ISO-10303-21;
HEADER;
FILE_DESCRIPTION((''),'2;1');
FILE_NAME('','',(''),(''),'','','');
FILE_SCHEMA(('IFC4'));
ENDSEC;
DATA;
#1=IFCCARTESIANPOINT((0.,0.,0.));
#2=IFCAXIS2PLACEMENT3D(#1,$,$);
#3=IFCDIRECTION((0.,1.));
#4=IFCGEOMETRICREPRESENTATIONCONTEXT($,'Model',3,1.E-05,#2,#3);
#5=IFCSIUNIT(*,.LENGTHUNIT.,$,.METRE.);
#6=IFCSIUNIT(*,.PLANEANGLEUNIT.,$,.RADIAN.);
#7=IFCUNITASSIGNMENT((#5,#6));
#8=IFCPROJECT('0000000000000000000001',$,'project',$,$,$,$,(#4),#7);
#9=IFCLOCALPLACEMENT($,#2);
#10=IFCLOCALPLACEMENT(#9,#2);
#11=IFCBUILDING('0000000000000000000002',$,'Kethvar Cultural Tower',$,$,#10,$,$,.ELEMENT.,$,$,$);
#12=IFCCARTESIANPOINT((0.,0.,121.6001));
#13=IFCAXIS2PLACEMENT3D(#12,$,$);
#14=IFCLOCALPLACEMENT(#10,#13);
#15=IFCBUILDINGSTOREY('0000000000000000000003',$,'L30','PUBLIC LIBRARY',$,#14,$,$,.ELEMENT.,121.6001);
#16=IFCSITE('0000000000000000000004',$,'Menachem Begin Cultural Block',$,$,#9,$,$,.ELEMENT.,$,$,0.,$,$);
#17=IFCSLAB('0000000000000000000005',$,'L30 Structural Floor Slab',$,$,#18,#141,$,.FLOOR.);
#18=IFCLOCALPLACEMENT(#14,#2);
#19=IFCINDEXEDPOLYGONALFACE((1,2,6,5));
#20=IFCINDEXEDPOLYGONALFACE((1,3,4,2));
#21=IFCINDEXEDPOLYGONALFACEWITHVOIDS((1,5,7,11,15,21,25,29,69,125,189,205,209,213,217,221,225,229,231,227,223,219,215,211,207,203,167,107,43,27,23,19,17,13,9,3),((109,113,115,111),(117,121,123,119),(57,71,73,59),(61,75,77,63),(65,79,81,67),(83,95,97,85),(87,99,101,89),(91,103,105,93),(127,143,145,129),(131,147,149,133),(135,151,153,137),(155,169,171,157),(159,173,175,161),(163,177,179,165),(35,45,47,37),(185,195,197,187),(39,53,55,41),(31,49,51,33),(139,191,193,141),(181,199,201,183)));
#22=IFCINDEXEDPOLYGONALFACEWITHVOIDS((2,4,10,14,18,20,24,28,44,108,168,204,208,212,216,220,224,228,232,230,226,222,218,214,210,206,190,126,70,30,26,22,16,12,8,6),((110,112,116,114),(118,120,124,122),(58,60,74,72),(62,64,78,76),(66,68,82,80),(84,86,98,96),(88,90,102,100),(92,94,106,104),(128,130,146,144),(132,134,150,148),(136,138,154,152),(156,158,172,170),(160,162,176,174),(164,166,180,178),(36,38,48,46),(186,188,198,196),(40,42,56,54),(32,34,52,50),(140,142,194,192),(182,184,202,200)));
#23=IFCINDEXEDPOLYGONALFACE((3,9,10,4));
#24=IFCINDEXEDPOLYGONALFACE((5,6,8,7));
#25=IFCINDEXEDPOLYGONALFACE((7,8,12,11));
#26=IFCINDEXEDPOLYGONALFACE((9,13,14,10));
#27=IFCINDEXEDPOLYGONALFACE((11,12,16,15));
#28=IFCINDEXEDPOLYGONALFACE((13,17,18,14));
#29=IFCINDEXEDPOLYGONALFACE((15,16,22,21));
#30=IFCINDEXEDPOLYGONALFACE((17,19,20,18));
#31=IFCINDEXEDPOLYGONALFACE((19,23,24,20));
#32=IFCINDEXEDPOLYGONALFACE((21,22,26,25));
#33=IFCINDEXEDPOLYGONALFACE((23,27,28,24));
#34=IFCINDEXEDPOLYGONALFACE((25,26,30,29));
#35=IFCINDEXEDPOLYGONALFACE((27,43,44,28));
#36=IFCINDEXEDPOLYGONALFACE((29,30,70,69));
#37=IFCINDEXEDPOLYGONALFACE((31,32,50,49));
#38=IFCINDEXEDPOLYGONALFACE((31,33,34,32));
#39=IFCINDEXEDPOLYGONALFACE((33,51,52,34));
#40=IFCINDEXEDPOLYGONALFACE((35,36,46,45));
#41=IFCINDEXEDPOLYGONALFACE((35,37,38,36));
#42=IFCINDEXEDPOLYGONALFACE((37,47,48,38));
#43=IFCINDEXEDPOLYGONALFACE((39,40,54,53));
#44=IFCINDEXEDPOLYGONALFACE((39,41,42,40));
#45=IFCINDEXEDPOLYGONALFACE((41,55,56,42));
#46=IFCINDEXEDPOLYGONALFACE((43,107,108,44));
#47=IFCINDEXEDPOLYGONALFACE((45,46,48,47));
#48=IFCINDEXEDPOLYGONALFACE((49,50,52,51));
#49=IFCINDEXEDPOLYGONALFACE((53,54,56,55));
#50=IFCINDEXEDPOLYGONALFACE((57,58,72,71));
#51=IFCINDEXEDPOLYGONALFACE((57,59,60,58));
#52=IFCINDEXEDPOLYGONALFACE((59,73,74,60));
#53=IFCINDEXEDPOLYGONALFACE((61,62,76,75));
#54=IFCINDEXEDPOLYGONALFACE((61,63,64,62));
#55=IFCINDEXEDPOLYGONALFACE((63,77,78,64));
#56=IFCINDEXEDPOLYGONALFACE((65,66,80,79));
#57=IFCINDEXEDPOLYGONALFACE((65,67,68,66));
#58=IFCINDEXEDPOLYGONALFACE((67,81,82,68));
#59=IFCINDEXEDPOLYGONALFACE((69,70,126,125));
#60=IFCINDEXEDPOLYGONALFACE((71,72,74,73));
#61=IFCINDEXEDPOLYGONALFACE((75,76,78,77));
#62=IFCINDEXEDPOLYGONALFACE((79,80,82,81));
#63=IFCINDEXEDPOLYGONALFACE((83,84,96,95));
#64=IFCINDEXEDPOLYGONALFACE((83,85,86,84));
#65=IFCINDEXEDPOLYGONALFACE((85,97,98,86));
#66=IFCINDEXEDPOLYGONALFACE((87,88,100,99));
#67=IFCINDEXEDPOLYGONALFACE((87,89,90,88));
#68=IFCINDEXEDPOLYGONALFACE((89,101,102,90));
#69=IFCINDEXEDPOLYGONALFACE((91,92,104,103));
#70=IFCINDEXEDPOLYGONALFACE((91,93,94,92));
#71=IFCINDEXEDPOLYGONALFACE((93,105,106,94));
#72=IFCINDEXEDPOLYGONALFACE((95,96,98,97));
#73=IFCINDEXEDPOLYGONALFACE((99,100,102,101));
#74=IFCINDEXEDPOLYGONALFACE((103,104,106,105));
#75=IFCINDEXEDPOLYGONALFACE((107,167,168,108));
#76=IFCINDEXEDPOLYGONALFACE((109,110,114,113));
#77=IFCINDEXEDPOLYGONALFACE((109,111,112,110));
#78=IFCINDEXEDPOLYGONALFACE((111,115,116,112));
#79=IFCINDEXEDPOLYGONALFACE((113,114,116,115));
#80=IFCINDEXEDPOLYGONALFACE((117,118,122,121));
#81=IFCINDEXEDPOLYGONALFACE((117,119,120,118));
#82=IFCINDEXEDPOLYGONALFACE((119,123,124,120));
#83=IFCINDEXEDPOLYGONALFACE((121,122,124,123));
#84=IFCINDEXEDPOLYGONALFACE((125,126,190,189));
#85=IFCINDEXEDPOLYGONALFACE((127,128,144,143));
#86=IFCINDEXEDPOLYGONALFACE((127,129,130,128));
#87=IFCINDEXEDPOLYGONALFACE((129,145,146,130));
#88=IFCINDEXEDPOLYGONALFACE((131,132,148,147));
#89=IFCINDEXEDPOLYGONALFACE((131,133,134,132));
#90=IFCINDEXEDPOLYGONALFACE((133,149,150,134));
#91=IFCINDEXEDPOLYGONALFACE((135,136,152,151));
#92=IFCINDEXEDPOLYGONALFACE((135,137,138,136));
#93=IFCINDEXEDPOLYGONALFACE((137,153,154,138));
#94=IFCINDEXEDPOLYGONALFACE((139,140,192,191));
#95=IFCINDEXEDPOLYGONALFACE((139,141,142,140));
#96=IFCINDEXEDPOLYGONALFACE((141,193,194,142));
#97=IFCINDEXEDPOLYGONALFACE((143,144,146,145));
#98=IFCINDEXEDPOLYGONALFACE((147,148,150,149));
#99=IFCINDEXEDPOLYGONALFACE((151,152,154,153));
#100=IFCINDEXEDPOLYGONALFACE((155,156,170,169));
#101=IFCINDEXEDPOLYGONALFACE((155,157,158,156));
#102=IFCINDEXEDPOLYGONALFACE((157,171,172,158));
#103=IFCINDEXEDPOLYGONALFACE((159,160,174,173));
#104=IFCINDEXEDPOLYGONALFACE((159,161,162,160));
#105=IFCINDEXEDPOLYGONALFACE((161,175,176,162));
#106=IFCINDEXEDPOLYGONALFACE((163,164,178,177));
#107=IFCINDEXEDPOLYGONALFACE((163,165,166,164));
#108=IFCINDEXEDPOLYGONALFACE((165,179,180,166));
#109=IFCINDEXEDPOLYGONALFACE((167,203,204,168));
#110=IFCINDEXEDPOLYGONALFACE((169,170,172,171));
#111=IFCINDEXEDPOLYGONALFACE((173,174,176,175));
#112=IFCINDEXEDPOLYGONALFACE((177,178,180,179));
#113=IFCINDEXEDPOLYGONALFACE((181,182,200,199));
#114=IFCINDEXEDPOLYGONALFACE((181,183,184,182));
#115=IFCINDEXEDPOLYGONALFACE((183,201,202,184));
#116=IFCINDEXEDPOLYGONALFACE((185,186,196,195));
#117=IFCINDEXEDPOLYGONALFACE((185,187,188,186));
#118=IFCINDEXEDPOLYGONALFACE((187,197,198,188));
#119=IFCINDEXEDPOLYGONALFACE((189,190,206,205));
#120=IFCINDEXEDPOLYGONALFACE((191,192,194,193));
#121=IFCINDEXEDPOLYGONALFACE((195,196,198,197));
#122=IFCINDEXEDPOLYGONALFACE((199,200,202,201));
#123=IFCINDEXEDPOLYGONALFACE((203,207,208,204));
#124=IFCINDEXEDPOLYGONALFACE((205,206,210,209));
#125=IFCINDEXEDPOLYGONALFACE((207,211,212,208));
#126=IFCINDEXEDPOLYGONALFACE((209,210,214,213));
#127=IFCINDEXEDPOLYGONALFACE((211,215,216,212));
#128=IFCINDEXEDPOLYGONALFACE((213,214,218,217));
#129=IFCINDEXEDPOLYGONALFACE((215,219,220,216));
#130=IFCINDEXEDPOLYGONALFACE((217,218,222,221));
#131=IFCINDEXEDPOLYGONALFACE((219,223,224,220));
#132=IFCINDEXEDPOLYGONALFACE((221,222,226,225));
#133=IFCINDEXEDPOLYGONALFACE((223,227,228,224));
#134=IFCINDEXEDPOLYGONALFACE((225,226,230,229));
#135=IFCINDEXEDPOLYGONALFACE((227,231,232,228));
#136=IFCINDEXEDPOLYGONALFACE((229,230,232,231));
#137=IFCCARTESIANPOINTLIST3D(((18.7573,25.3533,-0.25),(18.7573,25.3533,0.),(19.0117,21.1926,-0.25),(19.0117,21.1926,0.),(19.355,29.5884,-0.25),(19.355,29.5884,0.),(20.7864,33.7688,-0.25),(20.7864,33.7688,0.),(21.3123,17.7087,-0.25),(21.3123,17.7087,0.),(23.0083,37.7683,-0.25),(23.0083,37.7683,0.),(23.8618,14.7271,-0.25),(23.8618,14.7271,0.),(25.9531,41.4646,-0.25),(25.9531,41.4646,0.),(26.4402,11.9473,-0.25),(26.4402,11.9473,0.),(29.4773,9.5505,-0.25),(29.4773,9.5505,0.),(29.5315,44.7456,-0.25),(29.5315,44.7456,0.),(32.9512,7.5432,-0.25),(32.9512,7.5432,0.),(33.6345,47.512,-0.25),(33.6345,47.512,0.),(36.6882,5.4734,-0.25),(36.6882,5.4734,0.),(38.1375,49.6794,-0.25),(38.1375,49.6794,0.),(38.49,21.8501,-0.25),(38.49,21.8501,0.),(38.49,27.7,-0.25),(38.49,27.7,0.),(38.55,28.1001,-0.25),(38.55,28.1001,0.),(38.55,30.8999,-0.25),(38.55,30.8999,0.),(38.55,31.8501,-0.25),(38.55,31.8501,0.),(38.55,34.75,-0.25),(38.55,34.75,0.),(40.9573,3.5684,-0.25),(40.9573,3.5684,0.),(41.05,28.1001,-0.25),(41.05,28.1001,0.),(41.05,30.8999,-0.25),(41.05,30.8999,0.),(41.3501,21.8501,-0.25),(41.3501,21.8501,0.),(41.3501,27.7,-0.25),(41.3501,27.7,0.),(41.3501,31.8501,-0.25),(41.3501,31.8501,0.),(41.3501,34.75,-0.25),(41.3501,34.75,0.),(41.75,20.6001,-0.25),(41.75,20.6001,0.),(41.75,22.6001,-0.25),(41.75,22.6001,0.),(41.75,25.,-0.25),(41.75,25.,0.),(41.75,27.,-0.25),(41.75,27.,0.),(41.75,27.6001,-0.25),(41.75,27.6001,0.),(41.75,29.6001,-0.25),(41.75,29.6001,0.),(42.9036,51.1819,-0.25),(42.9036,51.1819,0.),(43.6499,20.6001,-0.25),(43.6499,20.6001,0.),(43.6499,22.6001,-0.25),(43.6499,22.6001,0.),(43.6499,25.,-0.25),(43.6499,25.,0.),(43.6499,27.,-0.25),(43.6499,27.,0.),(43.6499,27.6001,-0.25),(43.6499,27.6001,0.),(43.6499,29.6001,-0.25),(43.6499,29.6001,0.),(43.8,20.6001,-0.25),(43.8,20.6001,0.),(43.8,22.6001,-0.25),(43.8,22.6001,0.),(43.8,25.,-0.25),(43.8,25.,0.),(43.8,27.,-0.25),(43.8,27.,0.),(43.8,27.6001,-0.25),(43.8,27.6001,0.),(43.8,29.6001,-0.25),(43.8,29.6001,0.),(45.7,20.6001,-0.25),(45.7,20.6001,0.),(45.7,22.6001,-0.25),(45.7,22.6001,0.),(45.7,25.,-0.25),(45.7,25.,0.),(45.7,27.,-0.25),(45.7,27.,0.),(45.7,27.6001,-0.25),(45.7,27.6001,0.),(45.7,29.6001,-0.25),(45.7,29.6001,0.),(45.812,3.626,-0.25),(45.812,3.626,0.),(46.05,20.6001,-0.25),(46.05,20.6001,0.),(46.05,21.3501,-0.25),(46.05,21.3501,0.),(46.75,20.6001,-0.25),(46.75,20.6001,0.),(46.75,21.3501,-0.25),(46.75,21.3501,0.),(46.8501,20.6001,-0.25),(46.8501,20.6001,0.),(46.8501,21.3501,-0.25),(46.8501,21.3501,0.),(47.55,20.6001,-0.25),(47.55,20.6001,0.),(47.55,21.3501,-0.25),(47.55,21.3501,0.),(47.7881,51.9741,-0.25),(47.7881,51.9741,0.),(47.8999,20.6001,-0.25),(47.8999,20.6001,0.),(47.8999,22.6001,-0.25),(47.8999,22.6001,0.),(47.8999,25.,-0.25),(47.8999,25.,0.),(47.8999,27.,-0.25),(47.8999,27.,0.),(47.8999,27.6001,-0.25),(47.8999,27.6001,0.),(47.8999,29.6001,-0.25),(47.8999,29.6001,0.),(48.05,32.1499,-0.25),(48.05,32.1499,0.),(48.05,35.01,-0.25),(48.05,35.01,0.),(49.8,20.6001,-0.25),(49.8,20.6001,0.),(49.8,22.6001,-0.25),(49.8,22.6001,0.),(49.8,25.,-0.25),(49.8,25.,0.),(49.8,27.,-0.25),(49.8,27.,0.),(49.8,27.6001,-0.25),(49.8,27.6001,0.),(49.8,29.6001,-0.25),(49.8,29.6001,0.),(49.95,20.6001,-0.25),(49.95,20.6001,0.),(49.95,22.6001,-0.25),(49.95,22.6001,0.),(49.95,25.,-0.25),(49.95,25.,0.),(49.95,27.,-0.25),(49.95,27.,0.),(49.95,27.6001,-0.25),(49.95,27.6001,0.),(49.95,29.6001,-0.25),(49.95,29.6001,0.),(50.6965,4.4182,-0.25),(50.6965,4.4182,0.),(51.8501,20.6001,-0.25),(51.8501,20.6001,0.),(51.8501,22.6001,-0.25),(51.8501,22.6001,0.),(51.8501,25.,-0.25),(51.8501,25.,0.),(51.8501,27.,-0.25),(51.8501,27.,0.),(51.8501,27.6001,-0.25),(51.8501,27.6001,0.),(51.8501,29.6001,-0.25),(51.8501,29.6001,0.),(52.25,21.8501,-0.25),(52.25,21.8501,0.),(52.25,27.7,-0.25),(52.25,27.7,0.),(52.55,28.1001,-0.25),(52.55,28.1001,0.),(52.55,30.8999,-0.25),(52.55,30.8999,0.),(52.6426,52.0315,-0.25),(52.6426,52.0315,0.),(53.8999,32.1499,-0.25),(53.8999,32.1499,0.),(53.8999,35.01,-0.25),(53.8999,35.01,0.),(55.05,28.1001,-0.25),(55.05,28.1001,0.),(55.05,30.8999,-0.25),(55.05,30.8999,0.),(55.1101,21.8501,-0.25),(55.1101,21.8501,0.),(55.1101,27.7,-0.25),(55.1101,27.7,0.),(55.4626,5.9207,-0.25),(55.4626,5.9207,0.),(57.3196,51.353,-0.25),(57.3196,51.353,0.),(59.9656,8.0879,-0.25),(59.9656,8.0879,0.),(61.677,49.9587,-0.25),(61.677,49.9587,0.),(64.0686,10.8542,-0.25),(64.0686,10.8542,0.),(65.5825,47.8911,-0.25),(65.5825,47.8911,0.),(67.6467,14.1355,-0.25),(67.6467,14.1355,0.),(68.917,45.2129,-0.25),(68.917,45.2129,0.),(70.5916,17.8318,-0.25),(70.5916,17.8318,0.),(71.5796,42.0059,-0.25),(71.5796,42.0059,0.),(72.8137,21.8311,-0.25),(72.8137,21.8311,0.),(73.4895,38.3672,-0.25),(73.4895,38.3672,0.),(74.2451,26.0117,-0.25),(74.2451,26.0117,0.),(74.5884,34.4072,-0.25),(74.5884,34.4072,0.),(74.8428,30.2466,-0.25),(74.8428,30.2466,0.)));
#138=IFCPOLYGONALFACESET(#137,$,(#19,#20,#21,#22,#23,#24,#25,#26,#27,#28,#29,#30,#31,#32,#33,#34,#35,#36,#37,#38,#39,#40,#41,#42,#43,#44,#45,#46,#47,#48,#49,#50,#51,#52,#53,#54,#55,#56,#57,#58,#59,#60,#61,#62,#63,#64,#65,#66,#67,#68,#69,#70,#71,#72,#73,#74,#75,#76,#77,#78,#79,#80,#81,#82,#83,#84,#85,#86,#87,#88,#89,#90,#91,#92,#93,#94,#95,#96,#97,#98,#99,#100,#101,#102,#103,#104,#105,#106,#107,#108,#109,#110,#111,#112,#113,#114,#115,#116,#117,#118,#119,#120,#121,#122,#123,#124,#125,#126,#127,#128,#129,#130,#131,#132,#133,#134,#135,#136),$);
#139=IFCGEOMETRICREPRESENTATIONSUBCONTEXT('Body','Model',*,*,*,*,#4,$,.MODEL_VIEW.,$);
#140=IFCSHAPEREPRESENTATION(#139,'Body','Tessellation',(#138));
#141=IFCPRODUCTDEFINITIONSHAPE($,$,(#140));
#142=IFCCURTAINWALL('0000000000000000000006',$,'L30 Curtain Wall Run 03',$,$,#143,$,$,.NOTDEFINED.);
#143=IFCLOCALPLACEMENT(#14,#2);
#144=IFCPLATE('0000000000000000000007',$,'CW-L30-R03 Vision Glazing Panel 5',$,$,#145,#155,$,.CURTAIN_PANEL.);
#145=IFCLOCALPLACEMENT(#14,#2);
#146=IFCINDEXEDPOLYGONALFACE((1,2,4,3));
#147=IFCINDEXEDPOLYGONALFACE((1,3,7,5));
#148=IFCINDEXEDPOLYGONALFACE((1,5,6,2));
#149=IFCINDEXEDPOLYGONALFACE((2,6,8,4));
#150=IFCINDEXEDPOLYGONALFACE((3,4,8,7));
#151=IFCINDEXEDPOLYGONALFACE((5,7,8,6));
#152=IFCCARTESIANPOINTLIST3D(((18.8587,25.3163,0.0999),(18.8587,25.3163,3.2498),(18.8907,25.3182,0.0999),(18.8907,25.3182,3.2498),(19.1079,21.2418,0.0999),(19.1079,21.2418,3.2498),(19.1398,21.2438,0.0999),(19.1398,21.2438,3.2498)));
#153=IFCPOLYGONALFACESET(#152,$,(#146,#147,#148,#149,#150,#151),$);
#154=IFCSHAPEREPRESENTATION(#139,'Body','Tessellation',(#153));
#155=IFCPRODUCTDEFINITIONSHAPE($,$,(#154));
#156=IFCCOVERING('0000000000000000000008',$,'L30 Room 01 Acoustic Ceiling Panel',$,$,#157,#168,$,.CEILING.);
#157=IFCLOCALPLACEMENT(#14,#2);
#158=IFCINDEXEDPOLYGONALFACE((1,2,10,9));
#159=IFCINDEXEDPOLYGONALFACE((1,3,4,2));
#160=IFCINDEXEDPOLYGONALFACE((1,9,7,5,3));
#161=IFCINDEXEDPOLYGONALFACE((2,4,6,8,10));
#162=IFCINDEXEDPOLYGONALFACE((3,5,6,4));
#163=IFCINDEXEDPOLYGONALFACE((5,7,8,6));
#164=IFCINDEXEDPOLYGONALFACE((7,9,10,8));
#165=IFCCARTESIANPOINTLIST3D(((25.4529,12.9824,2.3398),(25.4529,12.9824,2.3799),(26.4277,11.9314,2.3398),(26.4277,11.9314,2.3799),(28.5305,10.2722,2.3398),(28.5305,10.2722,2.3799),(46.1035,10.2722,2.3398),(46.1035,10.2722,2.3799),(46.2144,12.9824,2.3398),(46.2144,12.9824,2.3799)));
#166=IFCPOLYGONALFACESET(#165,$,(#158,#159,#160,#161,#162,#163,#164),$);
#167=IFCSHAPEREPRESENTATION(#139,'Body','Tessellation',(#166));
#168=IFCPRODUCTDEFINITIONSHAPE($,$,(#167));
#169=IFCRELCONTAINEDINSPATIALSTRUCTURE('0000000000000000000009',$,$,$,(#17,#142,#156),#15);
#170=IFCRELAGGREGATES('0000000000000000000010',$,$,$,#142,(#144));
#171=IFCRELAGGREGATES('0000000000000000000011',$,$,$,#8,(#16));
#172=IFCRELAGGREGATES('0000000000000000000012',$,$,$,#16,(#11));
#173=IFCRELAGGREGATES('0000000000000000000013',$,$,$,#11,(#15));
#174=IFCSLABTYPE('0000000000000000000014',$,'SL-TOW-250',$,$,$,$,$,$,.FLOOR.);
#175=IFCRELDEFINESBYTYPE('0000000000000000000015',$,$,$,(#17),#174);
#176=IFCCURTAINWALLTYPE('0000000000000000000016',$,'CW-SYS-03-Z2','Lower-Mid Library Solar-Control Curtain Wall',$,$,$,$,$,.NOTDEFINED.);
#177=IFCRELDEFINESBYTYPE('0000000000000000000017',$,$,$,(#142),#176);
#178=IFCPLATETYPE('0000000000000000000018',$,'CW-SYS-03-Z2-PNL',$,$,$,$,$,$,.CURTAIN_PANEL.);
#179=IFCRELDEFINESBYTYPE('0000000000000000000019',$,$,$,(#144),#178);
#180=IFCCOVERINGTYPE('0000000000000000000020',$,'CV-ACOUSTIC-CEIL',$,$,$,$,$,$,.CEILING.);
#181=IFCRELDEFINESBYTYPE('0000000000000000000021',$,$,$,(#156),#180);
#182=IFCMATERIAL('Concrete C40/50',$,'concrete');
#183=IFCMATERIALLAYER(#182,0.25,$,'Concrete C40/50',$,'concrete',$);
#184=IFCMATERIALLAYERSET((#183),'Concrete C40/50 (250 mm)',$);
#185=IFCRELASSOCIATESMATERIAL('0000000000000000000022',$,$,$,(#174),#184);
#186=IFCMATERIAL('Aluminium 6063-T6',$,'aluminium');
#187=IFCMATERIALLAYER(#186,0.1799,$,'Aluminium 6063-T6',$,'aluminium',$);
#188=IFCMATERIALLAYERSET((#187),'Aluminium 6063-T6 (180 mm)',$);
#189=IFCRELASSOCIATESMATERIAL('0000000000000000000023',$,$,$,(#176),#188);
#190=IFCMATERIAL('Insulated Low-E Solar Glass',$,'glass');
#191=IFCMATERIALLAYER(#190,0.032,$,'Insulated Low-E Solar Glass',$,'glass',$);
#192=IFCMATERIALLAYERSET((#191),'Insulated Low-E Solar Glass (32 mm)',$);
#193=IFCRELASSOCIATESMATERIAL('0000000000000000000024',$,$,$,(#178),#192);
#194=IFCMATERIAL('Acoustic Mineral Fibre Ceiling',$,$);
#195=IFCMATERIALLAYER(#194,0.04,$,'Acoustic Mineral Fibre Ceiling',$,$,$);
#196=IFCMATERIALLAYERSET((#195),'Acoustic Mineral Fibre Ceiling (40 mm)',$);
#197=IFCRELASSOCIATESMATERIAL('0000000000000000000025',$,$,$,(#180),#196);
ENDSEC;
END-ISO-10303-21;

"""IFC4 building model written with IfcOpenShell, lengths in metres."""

from ifc_helpers import new_model, si_unit, direction, frame, origin, origin_2d, place, context, subcontext, project, spatial, polyline, rectangle, outline, extrude, source, transform, mapped, material, layer, layer_set, type_object, element, aggregate, save


model = new_model("IFC4")

# Units and contexts
model_context = context("Model", 3, precision=1e-05, world=origin(), true_north=direction((0.0, 1.0)))
body_context = subcontext(model_context, "Body", "Model", "MODEL_VIEW")
ifc_project = project(units=[si_unit("LENGTHUNIT", "METRE"), si_unit("PLANEANGLEUNIT", "RADIAN")], contexts=[model_context])

# Site, building, storey
site_placement = place(None, origin())
site = spatial("IfcSite", under=ifc_project, at=site_placement, Name="Menachem Begin Cultural Block", CompositionType="ELEMENT", RefElevation=0.0)
building_placement = place(site_placement, origin())
building = spatial("IfcBuilding", under=site, at=building_placement, Name="Kethvar Cultural Tower", CompositionType="ELEMENT")
storey_placement = place(building_placement, frame((0.0, 0.0, 121.6001)))
storey = spatial("IfcBuildingStorey", under=building, at=storey_placement, Name="L30", Description="PUBLIC LIBRARY", CompositionType="ELEMENT", Elevation=121.6001)

# Shared definitions
ifc_material_1 = material(Name="Concrete C40/50", Category="concrete")

# Slab
ifc_layer_1 = layer(ifc_material_1, 0.25, Name="Concrete C40/50", Category="concrete")
ifc_layer_set_1 = layer_set([ifc_layer_1], Name="Concrete C40/50 (250 mm)")
slab_type_1 = type_object("IfcSlabType", Name="SL-TOW-250", PredefinedType="FLOOR", material=ifc_layer_set_1)
slab_1_placement = place(storey_placement, frame((0.0, 0.0, -0.25)))
element("IfcSlab", 1, at=slab_1_placement, inside=storey, type_object=slab_type_1, Name="L30 Structural Floor Slab", PredefinedType="FLOOR", context=body_context, shape_type="SweptSolid", body=[
    extrude(outline(polyline([(73.4895, 38.3672), (71.5796, 42.0059), (68.917, 45.2129), (65.5825, 47.8911), (61.677, 49.9587), (57.3196, 51.353), (52.6426, 52.0315), (47.7881, 51.9741), (42.9036, 51.1819), (38.1375, 49.6794), (33.6345, 47.512), (29.5315, 44.7456), (25.9531, 41.4646), (23.0083, 37.7683), (20.7864, 33.7688), (19.355, 29.5884), (18.7573, 25.3533), (19.0117, 21.1926), (21.3123, 17.7087), (23.8618, 14.7271), (26.4402, 11.9473), (29.4773, 9.5505), (32.9512, 7.5432), (36.6882, 5.4734), (40.9573, 3.5684), (45.812, 3.626), (50.6965, 4.4182), (55.4626, 5.9207), (59.9656, 8.0879), (64.0686, 10.8542), (67.6467, 14.1355), (70.5916, 17.8318), (72.8137, 21.8311), (74.2451, 26.0117), (74.8428, 30.2466), (74.5884, 34.4072), (73.4895, 38.3672)]), holes=[polyline([(38.49, 21.8501), (38.49, 27.7), (41.3501, 27.7), (41.3501, 21.8501), (38.49, 21.8501)]), polyline([(52.25, 21.8501), (52.25, 27.7), (55.1101, 27.7), (55.1101, 21.8501), (52.25, 21.8501)]), polyline([(53.8999, 32.1499), (48.05, 32.1499), (48.05, 35.01), (53.8999, 35.01), (53.8999, 32.1499)]), polyline([(41.75, 22.6001), (43.6499, 22.6001), (43.6499, 20.6001), (41.75, 20.6001), (41.75, 22.6001)]), polyline([(43.8, 22.6001), (45.7, 22.6001), (45.7, 20.6001), (43.8, 20.6001), (43.8, 22.6001)]), polyline([(47.8999, 22.6001), (49.8, 22.6001), (49.8, 20.6001), (47.8999, 20.6001), (47.8999, 22.6001)]), polyline([(49.95, 22.6001), (51.8501, 22.6001), (51.8501, 20.6001), (49.95, 20.6001), (49.95, 22.6001)]), polyline([(41.75, 27.0), (43.6499, 27.0), (43.6499, 25.0), (41.75, 25.0), (41.75, 27.0)]), polyline([(43.8, 27.0), (45.7, 27.0), (45.7, 25.0), (43.8, 25.0), (43.8, 27.0)]), polyline([(47.8999, 27.0), (49.8, 27.0), (49.8, 25.0), (47.8999, 25.0), (47.8999, 27.0)]), polyline([(49.95, 27.0), (51.8501, 27.0), (51.8501, 25.0), (49.95, 25.0), (49.95, 27.0)]), polyline([(41.75, 29.6001), (43.6499, 29.6001), (43.6499, 27.6001), (41.75, 27.6001), (41.75, 29.6001)]), polyline([(43.8, 29.6001), (45.7, 29.6001), (45.7, 27.6001), (43.8, 27.6001), (43.8, 29.6001)]), polyline([(47.8999, 29.6001), (49.8, 29.6001), (49.8, 27.6001), (47.8999, 27.6001), (47.8999, 29.6001)]), polyline([(49.95, 29.6001), (51.8501, 29.6001), (51.8501, 27.6001), (49.95, 27.6001), (49.95, 29.6001)]), polyline([(38.55, 30.8999), (41.05, 30.8999), (41.05, 28.1001), (38.55, 28.1001), (38.55, 30.8999)]), polyline([(52.55, 30.8999), (55.05, 30.8999), (55.05, 28.1001), (52.55, 28.1001), (52.55, 30.8999)]), polyline([(38.55, 34.75), (41.3501, 34.75), (41.3501, 31.8501), (38.55, 31.8501), (38.55, 34.75)]), polyline([(46.05, 21.3501), (46.75, 21.3501), (46.75, 20.6001), (46.05, 20.6001), (46.05, 21.3501)]), polyline([(46.8501, 21.3501), (47.55, 21.3501), (47.55, 20.6001), (46.8501, 20.6001), (46.8501, 21.3501)])]), origin(), (0.0, 0.0, 1.0), 0.25),
])

# Curtain wall, plate
ifc_material_2 = material(Name="Aluminium 6063-T6", Category="aluminium")
ifc_layer_2 = layer(ifc_material_2, 0.1799, Name="Aluminium 6063-T6", Category="aluminium")
ifc_layer_set_2 = layer_set([ifc_layer_2], Name="Aluminium 6063-T6 (180 mm)")
curtain_wall_type = type_object("IfcCurtainWallType", Name="CW-SYS-03-Z2", Description="Lower-Mid Library Solar-Control Curtain Wall", PredefinedType="NOTDEFINED", material=ifc_layer_set_2)
curtain_wall_placement = place(storey_placement, origin())
curtain_wall = element("IfcCurtainWall", 2, at=curtain_wall_placement, inside=storey, type_object=curtain_wall_type, Name="L30 Curtain Wall Run 03", PredefinedType="NOTDEFINED")
ifc_material_3 = material(Name="Insulated Low-E Solar Glass", Category="glass")
ifc_layer_3 = layer(ifc_material_3, 0.032, Name="Insulated Low-E Solar Glass", Category="glass")
ifc_layer_set_3 = layer_set([ifc_layer_3], Name="Insulated Low-E Solar Glass (32 mm)")
plate_type = type_object("IfcPlateType", Name="CW-SYS-03-Z2-PNL", PredefinedType="CURTAIN_PANEL", material=ifc_layer_set_3)
shared_shape_1 = source(origin(), body_context, "Body", "SweptSolid", [
    extrude(rectangle(XDim=4.082, YDim=0.032, at=origin_2d()), origin(), (0.0, 0.0, 1.0), 3.1499),
])
plate_placement = place(storey_placement, frame((18.9993, 23.28, 0.0999), z_axis=(0.0, 0.0, 1.0), x_axis=(0.061031, -0.998136, 0.0)))
plate = element("IfcPlate", 3, at=plate_placement, type_object=plate_type, Name="CW-L30-R03 Vision Glazing Panel 5", PredefinedType="CURTAIN_PANEL", context=body_context, shape_type="MappedRepresentation", body=[
    mapped(shared_shape_1, transform((0.0, 0.0, 0.0), scale=1.0)),
])
aggregate(curtain_wall, [plate])

# Covering
ifc_material_4 = material(Name="Acoustic Mineral Fibre Ceiling")
ifc_layer_4 = layer(ifc_material_4, 0.04, Name="Acoustic Mineral Fibre Ceiling")
ifc_layer_set_4 = layer_set([ifc_layer_4], Name="Acoustic Mineral Fibre Ceiling (40 mm)")
covering_type_1 = type_object("IfcCoveringType", Name="CV-ACOUSTIC-CEIL", PredefinedType="CEILING", material=ifc_layer_set_4)
covering_1_placement = place(storey_placement, frame((0.0, 0.0, 2.3398)))
element("IfcCovering", 4, at=covering_1_placement, inside=storey, type_object=covering_type_1, Name="L30 Room 01 Acoustic Ceiling Panel", PredefinedType="CEILING", context=body_context, shape_type="SweptSolid", body=[
    extrude(outline(polyline([(26.4277, 11.9314), (25.4529, 12.9824), (46.2144, 12.9824), (46.1035, 10.2722), (28.5305, 10.2722), (26.4277, 11.9314)])), origin(), (0.0, 0.0, 1.0), 0.04),
])

save(model, "model.ifc")
